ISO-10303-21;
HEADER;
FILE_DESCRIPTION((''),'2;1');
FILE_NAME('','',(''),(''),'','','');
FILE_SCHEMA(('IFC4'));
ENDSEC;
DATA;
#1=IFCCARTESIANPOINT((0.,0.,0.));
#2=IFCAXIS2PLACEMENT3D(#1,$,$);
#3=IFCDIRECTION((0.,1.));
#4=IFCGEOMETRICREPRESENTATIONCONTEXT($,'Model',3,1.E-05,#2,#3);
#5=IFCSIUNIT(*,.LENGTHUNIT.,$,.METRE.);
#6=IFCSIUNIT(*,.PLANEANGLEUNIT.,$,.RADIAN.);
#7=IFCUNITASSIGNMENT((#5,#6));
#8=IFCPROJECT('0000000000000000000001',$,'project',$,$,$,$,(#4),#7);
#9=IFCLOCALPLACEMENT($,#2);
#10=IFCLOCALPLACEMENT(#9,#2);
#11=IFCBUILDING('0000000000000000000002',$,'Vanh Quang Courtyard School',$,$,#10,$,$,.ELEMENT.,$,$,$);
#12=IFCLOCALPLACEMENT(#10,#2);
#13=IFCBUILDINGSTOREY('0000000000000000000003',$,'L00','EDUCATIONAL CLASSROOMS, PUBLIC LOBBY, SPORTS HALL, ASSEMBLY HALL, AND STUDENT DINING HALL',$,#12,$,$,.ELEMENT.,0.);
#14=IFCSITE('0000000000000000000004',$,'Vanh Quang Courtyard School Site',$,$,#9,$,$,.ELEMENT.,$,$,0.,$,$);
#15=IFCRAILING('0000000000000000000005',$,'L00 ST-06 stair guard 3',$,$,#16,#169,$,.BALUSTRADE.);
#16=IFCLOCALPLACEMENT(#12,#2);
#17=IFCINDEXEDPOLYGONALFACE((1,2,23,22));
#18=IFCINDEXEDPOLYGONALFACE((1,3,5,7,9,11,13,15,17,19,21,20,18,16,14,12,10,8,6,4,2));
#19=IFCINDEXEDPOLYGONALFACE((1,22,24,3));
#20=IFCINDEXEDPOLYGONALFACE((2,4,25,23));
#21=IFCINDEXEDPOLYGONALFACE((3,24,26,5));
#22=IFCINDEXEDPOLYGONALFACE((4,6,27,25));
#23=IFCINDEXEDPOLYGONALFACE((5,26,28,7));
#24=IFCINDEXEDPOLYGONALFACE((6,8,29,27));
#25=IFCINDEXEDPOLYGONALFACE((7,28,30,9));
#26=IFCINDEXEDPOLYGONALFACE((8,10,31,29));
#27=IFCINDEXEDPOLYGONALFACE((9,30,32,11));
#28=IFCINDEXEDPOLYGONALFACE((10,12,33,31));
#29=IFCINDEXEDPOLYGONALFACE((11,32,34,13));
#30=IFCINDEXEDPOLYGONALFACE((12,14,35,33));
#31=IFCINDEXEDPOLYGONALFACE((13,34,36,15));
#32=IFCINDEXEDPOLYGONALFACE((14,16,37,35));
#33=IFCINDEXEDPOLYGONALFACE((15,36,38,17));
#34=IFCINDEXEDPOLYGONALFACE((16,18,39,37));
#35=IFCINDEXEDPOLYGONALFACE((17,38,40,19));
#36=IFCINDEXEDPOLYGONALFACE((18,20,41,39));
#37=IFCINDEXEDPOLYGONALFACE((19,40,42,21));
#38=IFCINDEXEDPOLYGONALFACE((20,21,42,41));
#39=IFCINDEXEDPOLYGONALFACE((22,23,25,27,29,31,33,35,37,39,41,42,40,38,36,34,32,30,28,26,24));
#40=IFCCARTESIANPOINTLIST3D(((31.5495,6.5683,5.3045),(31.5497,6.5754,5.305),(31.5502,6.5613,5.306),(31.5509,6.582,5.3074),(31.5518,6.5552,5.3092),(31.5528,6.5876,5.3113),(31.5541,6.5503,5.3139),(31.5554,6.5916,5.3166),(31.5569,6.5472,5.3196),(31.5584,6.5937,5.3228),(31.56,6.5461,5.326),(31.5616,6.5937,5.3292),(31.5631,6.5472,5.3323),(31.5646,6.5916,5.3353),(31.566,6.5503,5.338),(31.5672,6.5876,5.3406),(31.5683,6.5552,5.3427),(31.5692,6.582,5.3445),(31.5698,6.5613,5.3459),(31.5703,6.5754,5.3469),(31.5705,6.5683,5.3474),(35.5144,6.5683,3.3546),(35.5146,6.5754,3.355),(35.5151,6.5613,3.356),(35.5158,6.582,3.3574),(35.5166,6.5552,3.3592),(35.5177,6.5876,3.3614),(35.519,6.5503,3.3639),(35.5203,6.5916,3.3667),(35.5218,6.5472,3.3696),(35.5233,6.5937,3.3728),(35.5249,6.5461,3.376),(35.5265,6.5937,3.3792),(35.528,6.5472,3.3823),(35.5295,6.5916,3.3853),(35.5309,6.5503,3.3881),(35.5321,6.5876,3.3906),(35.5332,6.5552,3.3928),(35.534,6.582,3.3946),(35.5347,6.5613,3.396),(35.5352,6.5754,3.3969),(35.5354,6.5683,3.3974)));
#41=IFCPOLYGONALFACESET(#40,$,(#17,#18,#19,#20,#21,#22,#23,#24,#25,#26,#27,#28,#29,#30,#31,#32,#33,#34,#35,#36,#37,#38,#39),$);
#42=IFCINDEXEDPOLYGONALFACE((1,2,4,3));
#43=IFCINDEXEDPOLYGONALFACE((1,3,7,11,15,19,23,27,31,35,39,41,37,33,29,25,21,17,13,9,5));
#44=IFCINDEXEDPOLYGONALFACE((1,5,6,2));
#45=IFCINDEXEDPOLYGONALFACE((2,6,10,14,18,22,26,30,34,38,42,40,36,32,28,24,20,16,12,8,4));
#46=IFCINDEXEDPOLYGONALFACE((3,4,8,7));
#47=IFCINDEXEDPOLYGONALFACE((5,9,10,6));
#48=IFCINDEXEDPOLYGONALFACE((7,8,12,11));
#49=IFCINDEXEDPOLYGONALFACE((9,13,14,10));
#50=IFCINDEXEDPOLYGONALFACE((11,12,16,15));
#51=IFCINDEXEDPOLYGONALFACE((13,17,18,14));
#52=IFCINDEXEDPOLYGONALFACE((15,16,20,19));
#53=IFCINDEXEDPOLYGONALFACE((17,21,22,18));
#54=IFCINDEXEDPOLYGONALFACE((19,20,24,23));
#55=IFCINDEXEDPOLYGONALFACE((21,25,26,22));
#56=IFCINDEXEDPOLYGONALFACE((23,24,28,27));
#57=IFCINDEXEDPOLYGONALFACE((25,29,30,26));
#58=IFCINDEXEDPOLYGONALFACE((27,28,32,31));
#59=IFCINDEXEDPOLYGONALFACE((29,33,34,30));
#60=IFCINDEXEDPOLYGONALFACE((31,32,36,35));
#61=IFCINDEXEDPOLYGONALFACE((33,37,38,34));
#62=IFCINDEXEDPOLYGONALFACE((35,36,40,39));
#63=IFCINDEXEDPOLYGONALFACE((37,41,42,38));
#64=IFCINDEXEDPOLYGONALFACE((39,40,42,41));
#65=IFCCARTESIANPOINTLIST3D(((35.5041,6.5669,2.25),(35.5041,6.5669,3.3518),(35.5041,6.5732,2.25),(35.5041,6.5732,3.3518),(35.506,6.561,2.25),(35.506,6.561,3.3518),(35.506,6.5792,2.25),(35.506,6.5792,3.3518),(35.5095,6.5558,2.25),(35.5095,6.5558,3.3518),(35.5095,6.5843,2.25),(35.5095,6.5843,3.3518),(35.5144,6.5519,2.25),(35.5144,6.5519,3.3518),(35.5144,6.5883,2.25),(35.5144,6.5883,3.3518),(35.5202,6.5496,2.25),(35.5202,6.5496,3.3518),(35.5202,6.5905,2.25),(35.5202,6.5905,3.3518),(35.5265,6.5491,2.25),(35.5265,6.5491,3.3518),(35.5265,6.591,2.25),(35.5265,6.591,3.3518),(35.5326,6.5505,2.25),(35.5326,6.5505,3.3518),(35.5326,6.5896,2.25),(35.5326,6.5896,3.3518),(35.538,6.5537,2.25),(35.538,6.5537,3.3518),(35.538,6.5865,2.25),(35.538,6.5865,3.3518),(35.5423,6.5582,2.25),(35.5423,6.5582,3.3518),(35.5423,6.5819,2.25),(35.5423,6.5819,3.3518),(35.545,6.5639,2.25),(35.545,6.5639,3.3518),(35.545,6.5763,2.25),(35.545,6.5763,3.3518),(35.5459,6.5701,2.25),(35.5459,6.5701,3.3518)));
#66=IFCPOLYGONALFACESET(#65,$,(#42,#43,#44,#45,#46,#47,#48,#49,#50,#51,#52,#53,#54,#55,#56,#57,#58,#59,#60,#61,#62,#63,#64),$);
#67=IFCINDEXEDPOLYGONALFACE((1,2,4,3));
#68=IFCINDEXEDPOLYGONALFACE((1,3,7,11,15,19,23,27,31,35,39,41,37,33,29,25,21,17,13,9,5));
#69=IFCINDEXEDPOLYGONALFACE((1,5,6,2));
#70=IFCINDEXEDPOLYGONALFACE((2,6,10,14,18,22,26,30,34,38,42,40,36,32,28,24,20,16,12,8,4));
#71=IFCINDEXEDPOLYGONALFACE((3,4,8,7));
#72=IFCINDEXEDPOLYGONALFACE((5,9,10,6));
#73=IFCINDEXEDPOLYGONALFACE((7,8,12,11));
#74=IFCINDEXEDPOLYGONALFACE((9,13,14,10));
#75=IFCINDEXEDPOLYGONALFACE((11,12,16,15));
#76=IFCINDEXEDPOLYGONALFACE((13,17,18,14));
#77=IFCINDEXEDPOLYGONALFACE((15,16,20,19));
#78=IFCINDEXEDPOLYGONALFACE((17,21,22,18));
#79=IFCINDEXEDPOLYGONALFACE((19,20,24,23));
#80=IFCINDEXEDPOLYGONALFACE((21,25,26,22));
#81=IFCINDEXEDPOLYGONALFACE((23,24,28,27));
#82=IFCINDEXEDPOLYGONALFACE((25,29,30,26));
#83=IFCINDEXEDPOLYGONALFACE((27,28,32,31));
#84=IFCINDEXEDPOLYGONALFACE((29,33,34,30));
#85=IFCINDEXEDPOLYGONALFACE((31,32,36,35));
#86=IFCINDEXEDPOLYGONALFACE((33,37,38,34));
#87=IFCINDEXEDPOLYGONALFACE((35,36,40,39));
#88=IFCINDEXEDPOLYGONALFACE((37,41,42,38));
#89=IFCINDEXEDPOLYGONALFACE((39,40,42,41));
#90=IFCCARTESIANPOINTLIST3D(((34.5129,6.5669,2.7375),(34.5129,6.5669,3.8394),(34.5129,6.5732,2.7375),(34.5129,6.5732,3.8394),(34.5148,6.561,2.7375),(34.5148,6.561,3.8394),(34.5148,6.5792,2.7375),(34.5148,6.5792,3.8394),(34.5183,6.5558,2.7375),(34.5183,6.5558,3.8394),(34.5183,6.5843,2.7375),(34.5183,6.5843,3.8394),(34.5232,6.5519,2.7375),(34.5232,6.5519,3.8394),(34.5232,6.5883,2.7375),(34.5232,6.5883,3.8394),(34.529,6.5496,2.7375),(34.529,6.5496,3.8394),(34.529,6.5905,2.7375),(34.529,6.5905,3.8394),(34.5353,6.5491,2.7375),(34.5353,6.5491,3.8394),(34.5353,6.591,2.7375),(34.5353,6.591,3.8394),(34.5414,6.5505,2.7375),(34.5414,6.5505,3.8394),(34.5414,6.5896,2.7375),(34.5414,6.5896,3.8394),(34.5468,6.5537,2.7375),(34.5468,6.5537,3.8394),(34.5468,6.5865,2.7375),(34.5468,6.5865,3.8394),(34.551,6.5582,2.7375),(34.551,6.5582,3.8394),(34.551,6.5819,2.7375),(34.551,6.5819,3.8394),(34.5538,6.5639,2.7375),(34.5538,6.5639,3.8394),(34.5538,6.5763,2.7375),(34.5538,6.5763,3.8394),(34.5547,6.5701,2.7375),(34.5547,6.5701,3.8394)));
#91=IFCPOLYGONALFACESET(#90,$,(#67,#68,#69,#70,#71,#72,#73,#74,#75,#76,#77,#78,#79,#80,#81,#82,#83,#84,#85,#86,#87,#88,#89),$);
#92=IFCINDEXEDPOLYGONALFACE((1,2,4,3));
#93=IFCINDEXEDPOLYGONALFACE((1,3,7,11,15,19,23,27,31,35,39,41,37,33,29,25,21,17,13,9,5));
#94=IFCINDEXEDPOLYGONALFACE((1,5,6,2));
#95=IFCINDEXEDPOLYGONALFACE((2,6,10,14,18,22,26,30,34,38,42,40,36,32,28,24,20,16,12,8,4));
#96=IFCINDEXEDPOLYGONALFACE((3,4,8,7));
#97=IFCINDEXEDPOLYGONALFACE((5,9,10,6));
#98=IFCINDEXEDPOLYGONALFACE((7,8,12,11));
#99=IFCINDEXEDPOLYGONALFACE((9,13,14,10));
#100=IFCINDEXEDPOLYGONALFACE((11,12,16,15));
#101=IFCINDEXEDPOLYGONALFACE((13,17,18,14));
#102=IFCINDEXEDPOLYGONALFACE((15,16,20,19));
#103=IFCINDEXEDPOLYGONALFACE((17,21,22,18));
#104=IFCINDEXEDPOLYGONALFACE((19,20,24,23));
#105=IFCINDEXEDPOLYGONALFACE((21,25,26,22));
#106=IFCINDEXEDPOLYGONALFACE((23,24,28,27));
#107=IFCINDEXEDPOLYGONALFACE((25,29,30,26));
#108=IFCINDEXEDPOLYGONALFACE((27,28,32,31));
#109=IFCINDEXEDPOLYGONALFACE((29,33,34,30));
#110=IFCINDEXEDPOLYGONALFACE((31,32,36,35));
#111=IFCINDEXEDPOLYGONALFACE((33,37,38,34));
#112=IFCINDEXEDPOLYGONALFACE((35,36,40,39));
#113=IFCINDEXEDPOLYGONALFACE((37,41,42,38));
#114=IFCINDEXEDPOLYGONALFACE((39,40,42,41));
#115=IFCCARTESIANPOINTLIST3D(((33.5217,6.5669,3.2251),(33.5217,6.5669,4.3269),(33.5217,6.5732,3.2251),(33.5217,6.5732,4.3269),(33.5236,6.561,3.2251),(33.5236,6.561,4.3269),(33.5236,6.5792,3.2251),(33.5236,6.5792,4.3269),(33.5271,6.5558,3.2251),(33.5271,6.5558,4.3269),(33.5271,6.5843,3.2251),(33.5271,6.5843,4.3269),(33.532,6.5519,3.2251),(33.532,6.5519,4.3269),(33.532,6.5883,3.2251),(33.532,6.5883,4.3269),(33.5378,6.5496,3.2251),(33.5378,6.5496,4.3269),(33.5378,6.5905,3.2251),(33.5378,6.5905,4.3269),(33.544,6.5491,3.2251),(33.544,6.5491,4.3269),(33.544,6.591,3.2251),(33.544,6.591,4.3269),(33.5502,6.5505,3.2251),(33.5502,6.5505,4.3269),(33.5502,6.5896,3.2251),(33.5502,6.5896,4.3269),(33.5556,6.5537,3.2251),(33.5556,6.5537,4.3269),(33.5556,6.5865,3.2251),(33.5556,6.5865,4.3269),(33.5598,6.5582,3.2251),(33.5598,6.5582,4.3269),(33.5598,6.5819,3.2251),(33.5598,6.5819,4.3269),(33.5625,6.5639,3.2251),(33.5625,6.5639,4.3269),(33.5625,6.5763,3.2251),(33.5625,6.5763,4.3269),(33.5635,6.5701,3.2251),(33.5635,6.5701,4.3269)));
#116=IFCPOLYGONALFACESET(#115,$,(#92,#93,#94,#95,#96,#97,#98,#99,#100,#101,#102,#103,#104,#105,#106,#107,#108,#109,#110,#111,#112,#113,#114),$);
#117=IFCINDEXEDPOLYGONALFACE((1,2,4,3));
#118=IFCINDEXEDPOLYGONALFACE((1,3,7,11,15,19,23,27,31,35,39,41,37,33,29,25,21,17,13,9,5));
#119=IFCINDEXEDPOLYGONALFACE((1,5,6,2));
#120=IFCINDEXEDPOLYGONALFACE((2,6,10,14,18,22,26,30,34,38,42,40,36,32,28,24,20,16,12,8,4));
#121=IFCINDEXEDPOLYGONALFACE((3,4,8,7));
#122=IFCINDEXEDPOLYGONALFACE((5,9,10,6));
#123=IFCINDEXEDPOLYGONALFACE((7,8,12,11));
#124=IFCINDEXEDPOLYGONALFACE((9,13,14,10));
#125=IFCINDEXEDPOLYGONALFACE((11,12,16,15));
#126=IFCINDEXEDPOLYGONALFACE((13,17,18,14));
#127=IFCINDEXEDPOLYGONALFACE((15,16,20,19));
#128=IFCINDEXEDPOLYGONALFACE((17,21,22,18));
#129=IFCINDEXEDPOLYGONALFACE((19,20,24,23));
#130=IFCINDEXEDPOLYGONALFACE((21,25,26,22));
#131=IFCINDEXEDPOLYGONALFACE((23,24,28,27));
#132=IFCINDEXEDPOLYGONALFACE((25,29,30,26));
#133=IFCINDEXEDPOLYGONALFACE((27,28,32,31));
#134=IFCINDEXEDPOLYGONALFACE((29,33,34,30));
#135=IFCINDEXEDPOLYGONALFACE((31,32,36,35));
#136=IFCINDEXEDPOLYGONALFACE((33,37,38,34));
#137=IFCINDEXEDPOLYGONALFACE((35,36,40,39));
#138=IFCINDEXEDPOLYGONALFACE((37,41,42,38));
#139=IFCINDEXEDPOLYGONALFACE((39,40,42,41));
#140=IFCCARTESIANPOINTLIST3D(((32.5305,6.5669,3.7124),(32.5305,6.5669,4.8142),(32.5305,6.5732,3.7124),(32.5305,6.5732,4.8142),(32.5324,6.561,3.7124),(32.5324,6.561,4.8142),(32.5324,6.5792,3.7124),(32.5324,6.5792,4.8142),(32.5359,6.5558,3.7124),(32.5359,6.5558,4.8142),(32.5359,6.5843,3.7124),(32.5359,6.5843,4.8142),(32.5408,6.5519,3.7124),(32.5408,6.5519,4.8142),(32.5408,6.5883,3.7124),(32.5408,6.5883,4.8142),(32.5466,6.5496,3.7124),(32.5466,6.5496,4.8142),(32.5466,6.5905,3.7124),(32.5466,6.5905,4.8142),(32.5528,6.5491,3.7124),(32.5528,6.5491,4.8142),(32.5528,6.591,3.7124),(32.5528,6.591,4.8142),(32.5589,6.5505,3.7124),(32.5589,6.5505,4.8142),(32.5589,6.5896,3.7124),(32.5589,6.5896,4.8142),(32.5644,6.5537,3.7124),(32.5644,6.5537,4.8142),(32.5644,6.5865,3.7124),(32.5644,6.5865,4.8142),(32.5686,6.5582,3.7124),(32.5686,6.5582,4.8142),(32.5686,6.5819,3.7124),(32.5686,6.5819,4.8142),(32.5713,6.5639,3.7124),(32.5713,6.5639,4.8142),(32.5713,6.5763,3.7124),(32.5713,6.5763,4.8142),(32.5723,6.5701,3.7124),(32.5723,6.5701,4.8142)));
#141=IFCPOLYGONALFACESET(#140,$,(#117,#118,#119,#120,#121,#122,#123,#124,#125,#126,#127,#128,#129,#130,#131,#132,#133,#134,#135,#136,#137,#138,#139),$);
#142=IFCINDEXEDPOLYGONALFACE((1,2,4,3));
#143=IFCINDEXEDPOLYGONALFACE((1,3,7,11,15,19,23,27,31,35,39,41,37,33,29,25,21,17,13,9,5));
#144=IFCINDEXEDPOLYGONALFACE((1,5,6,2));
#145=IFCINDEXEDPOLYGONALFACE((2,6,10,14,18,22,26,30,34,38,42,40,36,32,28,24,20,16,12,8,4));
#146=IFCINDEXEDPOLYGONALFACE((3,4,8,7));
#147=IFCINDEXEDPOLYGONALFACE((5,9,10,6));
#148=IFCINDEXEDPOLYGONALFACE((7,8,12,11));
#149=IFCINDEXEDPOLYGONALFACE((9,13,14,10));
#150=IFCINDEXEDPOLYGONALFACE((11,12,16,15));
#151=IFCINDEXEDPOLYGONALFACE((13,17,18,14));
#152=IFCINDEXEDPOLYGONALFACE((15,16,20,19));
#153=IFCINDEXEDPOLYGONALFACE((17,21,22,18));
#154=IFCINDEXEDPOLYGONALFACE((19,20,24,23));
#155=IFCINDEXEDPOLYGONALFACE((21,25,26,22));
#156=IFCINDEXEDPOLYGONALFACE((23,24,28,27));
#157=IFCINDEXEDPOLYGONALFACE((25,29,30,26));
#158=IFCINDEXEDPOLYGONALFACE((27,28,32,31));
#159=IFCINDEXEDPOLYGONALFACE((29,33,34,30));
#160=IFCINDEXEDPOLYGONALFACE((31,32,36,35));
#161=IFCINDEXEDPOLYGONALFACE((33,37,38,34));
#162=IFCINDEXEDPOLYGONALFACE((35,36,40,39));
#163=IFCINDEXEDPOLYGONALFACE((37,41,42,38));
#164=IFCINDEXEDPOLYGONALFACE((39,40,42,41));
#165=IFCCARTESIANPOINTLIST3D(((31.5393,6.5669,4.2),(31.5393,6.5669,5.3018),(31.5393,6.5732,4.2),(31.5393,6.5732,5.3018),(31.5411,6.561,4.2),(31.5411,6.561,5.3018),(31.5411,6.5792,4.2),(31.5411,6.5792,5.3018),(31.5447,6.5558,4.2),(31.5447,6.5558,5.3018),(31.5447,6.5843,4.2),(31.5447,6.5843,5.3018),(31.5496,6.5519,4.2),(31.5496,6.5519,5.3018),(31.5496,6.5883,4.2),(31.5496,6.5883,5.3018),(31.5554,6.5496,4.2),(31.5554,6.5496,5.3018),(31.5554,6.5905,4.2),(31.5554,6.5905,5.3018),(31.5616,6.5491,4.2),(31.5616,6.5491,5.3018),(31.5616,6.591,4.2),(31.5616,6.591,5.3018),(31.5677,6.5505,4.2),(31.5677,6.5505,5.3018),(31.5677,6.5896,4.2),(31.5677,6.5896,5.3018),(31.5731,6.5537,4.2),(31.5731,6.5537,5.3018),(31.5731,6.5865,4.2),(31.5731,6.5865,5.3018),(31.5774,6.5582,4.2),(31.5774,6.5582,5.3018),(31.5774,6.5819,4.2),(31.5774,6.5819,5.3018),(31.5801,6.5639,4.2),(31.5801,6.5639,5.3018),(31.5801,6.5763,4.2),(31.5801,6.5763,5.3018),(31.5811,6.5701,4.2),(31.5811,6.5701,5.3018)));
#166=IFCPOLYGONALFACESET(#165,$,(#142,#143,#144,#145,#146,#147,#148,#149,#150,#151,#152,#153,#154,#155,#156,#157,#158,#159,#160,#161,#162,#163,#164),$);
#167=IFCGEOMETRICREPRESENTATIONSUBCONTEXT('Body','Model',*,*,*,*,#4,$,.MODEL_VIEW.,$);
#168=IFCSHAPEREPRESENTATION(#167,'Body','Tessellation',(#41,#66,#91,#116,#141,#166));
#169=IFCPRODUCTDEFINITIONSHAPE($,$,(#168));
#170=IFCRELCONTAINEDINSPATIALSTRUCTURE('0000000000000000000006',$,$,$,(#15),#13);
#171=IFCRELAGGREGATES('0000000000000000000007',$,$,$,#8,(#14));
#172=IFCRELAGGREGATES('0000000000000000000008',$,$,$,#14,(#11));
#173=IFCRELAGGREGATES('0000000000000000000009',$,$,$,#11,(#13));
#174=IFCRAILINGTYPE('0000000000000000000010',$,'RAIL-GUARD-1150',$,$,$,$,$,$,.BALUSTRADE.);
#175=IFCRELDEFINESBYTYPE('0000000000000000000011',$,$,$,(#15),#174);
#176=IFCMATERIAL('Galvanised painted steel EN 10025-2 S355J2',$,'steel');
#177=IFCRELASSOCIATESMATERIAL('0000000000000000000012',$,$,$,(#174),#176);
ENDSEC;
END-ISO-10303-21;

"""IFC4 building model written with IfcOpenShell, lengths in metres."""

from ifc_helpers import new_model, si_unit, direction, frame, origin, origin_2d, place, context, subcontext, project, spatial, circle, extrude, material, type_object, element, save


model = new_model("IFC4")

# Units and contexts
model_context = context("Model", 3, precision=1e-05, world=origin(), true_north=direction((0.0, 1.0)))
body_context = subcontext(model_context, "Body", "Model", "MODEL_VIEW")
ifc_project = project(units=[si_unit("LENGTHUNIT", "METRE"), si_unit("PLANEANGLEUNIT", "RADIAN")], contexts=[model_context])

# Site, building, storey
site_placement = place(None, origin())
site = spatial("IfcSite", under=ifc_project, at=site_placement, Name="Vanh Quang Courtyard School Site", CompositionType="ELEMENT", RefElevation=0.0)
building_placement = place(site_placement, origin())
building = spatial("IfcBuilding", under=site, at=building_placement, Name="Vanh Quang Courtyard School", CompositionType="ELEMENT")
storey_placement = place(building_placement, origin())
storey = spatial("IfcBuildingStorey", under=building, at=storey_placement, Name="L00", Description="EDUCATIONAL CLASSROOMS, PUBLIC LOBBY, SPORTS HALL, ASSEMBLY HALL, AND STUDENT DINING HALL", CompositionType="ELEMENT", Elevation=0.0)

# Railing
ifc_material_1 = material(Name="Galvanised painted steel EN 10025-2 S355J2", Category="steel")
railing_type_1 = type_object("IfcRailingType", Name="RAIL-GUARD-1150", PredefinedType="BALUSTRADE", material=ifc_material_1)
railing_1_placement = place(storey_placement, frame((35.5249, 6.5701, 2.25)))
element("IfcRailing", 1, at=railing_1_placement, inside=storey, type_object=railing_type_1, Name="L00 ST-06 stair guard 3", PredefinedType="BALUSTRADE", context=body_context, shape_type="SweptSolid", body=[
    extrude(circle(Radius=0.0239, at=origin_2d()), frame((0.0, 0.0, 1.126), z_axis=(-0.897347, 0.0, 0.441325), x_axis=(0.0, -1.0, 0.0)), (0.0, 0.0, 1.0), 4.4185),
    extrude(circle(Radius=0.021, at=origin_2d()), origin(), (0.0, 0.0, 1.0), 1.1018),
    extrude(circle(Radius=0.021, at=origin_2d()), frame((-0.9912, 0.0, 0.4875)), (0.0, 0.0, 1.0), 1.1018),
    extrude(circle(Radius=0.021, at=origin_2d()), frame((-1.9824, 0.0, 0.9751)), (0.0, 0.0, 1.0), 1.1018),
    extrude(circle(Radius=0.021, at=origin_2d()), frame((-2.9736, 0.0, 1.4624)), (0.0, 0.0, 1.0), 1.1018),
    extrude(circle(Radius=0.021, at=origin_2d()), frame((-3.9648, 0.0, 1.95)), (0.0, 0.0, 1.0), 1.1018),
])

save(model, "model.ifc")
